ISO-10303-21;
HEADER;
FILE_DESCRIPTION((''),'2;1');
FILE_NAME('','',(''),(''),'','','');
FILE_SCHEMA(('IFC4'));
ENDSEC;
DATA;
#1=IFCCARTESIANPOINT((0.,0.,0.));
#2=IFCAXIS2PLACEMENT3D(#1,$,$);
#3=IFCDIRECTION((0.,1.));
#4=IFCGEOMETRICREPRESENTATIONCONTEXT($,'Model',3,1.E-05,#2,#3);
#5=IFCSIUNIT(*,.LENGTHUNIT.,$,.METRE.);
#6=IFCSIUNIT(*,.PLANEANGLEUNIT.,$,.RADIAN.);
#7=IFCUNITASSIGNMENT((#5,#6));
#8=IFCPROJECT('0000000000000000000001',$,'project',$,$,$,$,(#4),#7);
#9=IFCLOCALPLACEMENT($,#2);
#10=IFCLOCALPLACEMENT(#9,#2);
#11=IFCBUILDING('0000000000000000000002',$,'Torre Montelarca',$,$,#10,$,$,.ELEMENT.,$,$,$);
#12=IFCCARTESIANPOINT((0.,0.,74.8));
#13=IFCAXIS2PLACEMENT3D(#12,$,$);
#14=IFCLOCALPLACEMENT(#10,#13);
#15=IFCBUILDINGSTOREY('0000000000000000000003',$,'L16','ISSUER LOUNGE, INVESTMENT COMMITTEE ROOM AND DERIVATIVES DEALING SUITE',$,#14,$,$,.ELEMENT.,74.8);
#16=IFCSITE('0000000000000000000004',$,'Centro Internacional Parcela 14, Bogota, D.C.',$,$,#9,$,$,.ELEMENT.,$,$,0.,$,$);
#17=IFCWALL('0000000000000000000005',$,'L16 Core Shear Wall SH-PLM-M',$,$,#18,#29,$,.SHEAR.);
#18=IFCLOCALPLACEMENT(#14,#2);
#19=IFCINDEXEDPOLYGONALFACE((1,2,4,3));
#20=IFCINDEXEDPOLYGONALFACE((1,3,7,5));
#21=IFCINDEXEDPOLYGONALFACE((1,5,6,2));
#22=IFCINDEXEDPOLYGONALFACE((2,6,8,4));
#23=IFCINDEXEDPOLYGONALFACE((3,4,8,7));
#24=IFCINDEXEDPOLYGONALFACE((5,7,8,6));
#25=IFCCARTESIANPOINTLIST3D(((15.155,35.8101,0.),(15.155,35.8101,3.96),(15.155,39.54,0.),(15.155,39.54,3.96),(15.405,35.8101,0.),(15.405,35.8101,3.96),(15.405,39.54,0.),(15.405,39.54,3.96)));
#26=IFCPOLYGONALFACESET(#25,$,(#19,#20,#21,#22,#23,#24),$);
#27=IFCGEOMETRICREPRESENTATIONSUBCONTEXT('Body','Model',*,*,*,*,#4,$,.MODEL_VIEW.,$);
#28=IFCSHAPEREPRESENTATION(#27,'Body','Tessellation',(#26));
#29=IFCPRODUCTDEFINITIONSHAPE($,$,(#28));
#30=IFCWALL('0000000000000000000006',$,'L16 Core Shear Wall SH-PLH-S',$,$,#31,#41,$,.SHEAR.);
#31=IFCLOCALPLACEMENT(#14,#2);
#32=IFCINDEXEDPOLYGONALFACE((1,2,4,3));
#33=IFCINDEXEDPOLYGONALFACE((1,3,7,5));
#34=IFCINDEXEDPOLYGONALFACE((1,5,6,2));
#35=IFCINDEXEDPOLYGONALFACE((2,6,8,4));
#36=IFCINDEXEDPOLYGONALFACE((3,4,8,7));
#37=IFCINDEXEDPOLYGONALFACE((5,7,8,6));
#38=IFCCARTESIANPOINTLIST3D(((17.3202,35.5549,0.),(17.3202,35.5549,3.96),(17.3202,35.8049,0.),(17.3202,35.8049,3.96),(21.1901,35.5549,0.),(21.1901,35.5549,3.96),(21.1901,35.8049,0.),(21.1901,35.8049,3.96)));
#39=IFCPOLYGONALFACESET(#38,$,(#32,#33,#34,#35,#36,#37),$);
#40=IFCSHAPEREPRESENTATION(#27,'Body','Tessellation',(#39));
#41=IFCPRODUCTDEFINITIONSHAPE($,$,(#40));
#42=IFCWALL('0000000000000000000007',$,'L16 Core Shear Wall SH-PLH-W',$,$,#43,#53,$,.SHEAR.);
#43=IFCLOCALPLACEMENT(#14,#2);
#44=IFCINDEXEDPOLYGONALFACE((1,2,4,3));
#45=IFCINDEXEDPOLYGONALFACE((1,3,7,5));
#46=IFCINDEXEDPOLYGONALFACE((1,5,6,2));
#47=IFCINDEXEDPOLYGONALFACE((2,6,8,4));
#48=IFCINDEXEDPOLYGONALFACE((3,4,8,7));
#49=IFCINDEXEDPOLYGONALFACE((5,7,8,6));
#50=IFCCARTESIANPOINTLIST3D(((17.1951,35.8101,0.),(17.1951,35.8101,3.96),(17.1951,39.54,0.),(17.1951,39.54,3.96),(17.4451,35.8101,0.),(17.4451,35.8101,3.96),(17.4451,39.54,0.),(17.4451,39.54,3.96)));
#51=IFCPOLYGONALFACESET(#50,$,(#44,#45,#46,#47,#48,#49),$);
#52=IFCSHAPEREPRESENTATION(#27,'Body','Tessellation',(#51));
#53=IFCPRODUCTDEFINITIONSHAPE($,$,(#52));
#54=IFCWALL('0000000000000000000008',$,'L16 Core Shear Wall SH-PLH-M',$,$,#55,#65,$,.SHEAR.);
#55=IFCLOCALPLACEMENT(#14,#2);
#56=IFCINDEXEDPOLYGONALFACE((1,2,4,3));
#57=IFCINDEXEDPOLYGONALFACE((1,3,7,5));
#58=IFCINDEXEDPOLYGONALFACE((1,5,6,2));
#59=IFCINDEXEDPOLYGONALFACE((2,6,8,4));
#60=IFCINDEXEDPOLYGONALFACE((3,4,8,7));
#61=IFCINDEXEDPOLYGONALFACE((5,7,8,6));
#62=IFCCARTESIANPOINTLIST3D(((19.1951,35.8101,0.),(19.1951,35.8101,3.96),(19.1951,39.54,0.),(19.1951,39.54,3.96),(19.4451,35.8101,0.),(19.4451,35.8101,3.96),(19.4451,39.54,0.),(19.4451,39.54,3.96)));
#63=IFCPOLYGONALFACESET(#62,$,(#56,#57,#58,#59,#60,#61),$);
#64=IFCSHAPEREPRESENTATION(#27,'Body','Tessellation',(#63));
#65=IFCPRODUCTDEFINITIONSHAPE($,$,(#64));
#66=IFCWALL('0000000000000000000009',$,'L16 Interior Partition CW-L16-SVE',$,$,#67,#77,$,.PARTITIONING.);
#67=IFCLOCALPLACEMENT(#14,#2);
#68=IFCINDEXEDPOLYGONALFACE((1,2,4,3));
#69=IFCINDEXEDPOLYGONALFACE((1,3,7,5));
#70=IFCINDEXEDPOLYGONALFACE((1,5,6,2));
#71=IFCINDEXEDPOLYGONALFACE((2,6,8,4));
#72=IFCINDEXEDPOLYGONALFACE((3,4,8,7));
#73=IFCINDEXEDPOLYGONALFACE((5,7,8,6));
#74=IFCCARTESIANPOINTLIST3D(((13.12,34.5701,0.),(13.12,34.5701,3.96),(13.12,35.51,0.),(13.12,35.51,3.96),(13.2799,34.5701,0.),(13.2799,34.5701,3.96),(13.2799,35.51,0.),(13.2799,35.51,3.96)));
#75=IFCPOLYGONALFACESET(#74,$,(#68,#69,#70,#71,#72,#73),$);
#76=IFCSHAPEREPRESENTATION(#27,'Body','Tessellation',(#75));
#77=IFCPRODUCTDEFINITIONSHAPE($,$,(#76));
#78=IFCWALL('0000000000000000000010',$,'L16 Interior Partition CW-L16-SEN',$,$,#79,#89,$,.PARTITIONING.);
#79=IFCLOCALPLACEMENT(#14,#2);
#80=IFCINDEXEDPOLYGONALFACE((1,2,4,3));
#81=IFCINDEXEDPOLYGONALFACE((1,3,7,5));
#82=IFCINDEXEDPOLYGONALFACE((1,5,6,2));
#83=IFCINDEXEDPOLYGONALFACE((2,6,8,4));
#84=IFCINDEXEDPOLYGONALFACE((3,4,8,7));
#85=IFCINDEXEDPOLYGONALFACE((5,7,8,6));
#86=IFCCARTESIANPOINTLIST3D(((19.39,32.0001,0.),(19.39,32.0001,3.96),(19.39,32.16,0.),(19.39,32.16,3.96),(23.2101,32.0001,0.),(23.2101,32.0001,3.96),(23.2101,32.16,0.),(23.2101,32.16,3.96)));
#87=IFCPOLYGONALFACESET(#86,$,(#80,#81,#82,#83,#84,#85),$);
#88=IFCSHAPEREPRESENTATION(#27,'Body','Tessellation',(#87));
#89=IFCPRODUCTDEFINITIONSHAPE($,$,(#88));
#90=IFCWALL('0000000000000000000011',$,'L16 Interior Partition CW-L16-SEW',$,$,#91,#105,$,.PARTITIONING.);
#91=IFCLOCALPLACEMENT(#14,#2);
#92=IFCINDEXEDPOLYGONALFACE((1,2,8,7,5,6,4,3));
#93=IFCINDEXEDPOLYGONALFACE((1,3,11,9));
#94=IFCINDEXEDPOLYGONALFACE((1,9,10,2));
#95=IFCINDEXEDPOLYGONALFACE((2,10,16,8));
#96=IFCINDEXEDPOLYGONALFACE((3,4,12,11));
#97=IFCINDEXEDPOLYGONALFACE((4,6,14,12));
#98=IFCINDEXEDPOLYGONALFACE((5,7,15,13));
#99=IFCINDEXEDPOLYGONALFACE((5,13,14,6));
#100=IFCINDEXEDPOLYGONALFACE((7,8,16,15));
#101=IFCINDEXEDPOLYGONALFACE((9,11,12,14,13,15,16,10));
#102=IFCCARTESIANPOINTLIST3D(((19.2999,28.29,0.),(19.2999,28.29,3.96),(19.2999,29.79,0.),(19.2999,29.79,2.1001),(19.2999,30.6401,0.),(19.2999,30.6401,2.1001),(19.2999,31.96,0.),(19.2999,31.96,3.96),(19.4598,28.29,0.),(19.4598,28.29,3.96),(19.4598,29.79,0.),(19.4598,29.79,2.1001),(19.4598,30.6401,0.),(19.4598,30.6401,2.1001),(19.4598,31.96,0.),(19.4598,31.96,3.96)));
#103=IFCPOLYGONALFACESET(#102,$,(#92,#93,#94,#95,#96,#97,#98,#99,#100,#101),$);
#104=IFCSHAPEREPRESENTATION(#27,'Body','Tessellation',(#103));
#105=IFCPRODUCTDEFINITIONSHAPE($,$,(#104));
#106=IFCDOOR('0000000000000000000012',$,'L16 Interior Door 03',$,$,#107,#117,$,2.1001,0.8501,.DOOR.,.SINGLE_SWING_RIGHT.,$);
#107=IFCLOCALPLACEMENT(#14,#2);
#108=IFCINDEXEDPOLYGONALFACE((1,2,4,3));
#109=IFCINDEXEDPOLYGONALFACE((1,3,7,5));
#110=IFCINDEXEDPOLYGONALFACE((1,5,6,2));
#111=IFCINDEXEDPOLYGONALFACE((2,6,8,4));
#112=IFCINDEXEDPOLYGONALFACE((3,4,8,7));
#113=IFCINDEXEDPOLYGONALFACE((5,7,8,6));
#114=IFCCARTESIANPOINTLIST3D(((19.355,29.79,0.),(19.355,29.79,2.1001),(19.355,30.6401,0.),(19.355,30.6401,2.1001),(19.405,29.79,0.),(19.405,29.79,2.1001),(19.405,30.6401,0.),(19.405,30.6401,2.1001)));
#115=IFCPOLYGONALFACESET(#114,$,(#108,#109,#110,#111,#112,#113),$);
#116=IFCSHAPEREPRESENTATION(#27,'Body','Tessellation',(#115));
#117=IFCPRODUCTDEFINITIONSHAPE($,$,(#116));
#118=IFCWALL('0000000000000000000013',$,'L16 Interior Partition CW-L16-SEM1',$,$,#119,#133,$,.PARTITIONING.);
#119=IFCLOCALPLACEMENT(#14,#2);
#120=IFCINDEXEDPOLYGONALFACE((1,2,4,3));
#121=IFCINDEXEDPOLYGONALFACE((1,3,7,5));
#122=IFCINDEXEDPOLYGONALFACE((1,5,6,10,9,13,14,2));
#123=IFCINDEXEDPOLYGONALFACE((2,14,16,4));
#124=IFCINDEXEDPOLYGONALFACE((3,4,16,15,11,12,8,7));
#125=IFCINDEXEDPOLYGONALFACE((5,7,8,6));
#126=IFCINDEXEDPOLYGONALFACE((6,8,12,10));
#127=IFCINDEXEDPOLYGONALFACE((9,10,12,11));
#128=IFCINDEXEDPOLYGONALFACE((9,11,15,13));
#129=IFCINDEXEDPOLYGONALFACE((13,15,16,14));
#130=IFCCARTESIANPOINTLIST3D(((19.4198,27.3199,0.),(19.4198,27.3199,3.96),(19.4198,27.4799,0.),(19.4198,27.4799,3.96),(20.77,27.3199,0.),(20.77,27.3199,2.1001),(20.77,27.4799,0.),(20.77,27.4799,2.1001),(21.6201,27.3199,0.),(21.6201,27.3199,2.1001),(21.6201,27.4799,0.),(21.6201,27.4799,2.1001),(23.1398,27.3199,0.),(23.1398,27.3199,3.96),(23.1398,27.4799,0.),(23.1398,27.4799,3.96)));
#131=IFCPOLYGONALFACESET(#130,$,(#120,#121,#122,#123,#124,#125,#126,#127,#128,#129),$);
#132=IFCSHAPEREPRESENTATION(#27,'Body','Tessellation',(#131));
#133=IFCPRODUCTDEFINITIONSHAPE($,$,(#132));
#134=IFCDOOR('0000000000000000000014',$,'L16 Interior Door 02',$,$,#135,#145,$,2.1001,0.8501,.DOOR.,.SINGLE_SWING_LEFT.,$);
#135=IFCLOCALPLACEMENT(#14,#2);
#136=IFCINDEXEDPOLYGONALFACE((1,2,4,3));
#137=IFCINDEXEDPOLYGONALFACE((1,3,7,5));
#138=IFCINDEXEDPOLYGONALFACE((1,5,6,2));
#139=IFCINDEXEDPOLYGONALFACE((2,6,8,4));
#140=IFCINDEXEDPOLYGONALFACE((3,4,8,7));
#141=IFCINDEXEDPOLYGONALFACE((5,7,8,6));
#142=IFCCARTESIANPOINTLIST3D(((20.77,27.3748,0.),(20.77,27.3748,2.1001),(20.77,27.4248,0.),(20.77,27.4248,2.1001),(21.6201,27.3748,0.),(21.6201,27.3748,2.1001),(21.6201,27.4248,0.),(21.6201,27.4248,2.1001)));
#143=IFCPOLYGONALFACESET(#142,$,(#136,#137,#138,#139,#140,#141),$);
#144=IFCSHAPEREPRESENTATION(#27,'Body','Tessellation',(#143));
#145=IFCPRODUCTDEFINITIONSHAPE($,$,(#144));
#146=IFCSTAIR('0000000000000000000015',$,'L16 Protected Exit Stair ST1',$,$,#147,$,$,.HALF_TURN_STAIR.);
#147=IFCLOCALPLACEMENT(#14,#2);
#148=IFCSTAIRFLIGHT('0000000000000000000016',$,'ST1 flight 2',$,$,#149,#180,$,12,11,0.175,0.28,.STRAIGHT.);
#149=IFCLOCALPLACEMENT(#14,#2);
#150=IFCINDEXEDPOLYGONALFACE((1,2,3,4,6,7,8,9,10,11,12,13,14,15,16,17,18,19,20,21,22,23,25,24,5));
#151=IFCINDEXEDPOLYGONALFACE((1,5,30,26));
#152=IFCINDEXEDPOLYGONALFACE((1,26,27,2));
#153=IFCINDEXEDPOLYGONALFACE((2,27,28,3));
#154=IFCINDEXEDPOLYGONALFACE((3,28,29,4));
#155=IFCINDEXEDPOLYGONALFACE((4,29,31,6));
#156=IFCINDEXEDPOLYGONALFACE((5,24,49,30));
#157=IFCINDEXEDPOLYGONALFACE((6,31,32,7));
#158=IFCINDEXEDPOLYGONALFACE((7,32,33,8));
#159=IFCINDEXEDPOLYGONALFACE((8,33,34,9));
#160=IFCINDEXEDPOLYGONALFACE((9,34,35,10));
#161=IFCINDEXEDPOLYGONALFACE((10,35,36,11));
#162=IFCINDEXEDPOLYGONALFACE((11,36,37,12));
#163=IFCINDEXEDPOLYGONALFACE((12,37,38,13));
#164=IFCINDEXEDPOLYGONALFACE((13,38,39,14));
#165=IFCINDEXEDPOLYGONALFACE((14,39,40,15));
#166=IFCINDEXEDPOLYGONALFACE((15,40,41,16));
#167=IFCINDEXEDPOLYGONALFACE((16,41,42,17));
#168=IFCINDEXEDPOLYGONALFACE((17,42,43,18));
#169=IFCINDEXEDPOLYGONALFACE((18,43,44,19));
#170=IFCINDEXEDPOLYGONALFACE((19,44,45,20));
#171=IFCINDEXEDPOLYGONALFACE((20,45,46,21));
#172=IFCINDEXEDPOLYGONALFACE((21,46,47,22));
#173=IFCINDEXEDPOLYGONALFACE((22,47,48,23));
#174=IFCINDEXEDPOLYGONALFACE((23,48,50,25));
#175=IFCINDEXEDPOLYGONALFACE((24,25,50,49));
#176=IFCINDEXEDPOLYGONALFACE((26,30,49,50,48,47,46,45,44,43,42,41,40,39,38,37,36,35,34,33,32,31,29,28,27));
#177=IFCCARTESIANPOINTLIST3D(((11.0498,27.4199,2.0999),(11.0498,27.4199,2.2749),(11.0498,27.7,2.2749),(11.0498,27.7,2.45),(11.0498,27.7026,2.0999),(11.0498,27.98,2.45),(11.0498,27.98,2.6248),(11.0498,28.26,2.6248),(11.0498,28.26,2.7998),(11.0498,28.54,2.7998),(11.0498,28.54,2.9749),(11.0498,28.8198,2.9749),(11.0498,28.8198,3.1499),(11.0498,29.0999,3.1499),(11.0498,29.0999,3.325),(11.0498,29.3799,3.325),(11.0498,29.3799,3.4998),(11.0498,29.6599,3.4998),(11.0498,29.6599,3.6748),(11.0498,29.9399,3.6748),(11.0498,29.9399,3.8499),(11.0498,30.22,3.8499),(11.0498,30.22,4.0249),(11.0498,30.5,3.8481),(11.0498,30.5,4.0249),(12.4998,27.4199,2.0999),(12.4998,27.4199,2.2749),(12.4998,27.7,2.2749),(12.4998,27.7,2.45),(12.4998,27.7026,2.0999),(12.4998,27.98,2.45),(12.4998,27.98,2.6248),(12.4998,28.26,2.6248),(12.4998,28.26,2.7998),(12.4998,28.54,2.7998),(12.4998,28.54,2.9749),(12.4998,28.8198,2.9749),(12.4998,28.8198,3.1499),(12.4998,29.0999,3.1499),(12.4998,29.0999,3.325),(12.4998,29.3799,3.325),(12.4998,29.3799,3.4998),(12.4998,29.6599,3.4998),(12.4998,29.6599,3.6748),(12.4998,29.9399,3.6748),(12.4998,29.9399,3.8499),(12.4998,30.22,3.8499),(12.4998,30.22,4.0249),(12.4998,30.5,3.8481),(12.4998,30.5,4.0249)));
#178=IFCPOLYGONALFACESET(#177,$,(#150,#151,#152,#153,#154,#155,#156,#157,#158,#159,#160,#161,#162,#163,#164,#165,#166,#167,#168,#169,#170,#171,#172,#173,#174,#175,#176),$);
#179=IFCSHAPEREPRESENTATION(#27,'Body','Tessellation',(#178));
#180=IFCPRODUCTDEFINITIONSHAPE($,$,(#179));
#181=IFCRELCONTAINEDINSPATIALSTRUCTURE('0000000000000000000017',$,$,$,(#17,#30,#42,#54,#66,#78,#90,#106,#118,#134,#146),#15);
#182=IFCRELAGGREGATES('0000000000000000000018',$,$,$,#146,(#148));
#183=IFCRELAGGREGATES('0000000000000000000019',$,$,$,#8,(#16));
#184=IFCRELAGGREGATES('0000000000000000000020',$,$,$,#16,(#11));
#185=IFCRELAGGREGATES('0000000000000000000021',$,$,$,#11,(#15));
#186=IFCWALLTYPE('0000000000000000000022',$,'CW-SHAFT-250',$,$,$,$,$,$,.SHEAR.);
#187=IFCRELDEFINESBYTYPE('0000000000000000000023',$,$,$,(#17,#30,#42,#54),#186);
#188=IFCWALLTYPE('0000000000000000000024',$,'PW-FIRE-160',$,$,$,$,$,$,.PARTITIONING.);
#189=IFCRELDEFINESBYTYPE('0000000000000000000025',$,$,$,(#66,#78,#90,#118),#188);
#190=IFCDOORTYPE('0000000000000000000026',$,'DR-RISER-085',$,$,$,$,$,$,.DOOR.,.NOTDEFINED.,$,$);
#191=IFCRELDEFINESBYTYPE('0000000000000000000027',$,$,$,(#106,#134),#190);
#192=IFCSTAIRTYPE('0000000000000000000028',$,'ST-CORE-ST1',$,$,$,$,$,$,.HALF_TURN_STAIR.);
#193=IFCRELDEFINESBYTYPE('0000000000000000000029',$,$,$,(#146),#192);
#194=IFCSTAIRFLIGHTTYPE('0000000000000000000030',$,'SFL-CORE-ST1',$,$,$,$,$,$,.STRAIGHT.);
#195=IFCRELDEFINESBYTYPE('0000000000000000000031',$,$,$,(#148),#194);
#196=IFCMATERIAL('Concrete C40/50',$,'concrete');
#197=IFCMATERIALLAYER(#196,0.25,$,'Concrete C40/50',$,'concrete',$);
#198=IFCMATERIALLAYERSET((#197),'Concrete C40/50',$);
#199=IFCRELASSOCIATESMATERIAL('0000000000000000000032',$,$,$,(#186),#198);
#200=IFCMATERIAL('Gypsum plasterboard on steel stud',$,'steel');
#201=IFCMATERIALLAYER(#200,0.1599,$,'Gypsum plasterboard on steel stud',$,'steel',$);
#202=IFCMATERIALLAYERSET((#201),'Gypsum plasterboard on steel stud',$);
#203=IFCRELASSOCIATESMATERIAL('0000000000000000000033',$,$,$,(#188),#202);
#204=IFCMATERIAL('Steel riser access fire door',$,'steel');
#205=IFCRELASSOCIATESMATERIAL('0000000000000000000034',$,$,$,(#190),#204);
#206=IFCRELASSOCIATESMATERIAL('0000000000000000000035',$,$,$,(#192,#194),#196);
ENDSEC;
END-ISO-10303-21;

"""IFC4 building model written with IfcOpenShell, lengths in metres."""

from ifc_helpers import new_model, si_unit, direction, frame, frame_2d, origin, place, context, subcontext, project, spatial, polyline, rectangle, outline, extrude, source, transform, mapped, material, layer, layer_set, type_object, element, fill, aggregate, save


model = new_model("IFC4")

# Units and contexts
model_context = context("Model", 3, precision=1e-05, world=origin(), true_north=direction((0.0, 1.0)))
body_context = subcontext(model_context, "Body", "Model", "MODEL_VIEW")
ifc_project = project(units=[si_unit("LENGTHUNIT", "METRE"), si_unit("PLANEANGLEUNIT", "RADIAN")], contexts=[model_context])

# Site, building, storey
site_placement = place(None, origin())
site = spatial("IfcSite", under=ifc_project, at=site_placement, Name="Centro Internacional Parcela 14, Bogota, D.C.", CompositionType="ELEMENT", RefElevation=0.0)
building_placement = place(site_placement, origin())
building = spatial("IfcBuilding", under=site, at=building_placement, Name="Torre Montelarca", CompositionType="ELEMENT")
storey_placement = place(building_placement, frame((0.0, 0.0, 74.8)))
storey = spatial("IfcBuildingStorey", under=building, at=storey_placement, Name="L16", Description="ISSUER LOUNGE, INVESTMENT COMMITTEE ROOM AND DERIVATIVES DEALING SUITE", CompositionType="ELEMENT", Elevation=74.8)

# Shared definitions
ifc_material_1 = material(Name="Concrete C40/50", Category="concrete")
ifc_layer_1 = layer(ifc_material_1, 0.25, Name="Concrete C40/50", Category="concrete")
ifc_layer_set_1 = layer_set([ifc_layer_1], Name="Concrete C40/50")
wall_type_1 = type_object("IfcWallType", Name="CW-SHAFT-250", PredefinedType="SHEAR", material=ifc_layer_set_1)

# Walls
for number, where, z_axis, x_axis, name in (
    (1, (15.28, 35.8101, 0.0), (0.0, 0.0, 1.0), (0.0, 1.0, 0.0), "L16 Core Shear Wall SH-PLM-M"),
):
    element("IfcWall", number, at=place(storey_placement, frame(where, z_axis=z_axis, x_axis=x_axis)), inside=storey, type_object=wall_type_1, Name=name, PredefinedType="SHEAR", context=body_context, shape_type="SweptSolid", body=[
        extrude(rectangle(XDim=3.73, YDim=0.25, at=frame_2d((1.865, 0.0))), origin(), (0.0, 0.0, 1.0), 3.96),
    ])
wall_1_placement = place(storey_placement, frame((17.3201, 35.6799, 0.0), z_axis=(0.0, 0.0, 1.0), x_axis=(1.0, 0.0, 0.0)))
element("IfcWall", 2, at=wall_1_placement, inside=storey, type_object=wall_type_1, Name="L16 Core Shear Wall SH-PLH-S", PredefinedType="SHEAR", context=body_context, shape_type="SweptSolid", body=[
    extrude(rectangle(XDim=3.8699, YDim=0.25, at=frame_2d((1.9351, 0.0))), origin(), (0.0, 0.0, 1.0), 3.96),
])
for number, where, z_axis, x_axis, name in (
    (3, (17.3201, 35.8101, 0.0), (0.0, 0.0, 1.0), (0.0, 1.0, 0.0), "L16 Core Shear Wall SH-PLH-W"),
    (4, (19.3201, 35.8101, 0.0), (0.0, 0.0, 1.0), (0.0, 1.0, 0.0), "L16 Core Shear Wall SH-PLH-M"),
):
    element("IfcWall", number, at=place(storey_placement, frame(where, z_axis=z_axis, x_axis=x_axis)), inside=storey, type_object=wall_type_1, Name=name, PredefinedType="SHEAR", context=body_context, shape_type="SweptSolid", body=[
        extrude(rectangle(XDim=3.73, YDim=0.25, at=frame_2d((1.865, 0.0))), origin(), (0.0, 0.0, 1.0), 3.96),
    ])
ifc_material_2 = material(Name="Gypsum plasterboard on steel stud", Category="steel")
ifc_layer_2 = layer(ifc_material_2, 0.1599, Name="Gypsum plasterboard on steel stud", Category="steel")
ifc_layer_set_2 = layer_set([ifc_layer_2], Name="Gypsum plasterboard on steel stud")
wall_type_2 = type_object("IfcWallType", Name="PW-FIRE-160", PredefinedType="PARTITIONING", material=ifc_layer_set_2)
wall_2_placement = place(storey_placement, frame((13.2, 34.5701, 0.0), z_axis=(0.0, 0.0, 1.0), x_axis=(0.0, 1.0, 0.0)))
element("IfcWall", 5, at=wall_2_placement, inside=storey, type_object=wall_type_2, Name="L16 Interior Partition CW-L16-SVE", PredefinedType="PARTITIONING", context=body_context, shape_type="SweptSolid", body=[
    extrude(rectangle(XDim=0.9399, YDim=0.1599, at=frame_2d((0.47, 0.0))), origin(), (0.0, 0.0, 1.0), 3.96),
])
wall_3_placement = place(storey_placement, frame((19.3899, 32.0801, 0.0), z_axis=(0.0, 0.0, 1.0), x_axis=(1.0, 0.0, 0.0)))
element("IfcWall", 6, at=wall_3_placement, inside=storey, type_object=wall_type_2, Name="L16 Interior Partition CW-L16-SEN", PredefinedType="PARTITIONING", context=body_context, shape_type="SweptSolid", body=[
    extrude(rectangle(XDim=3.8201, YDim=0.1599, at=frame_2d((1.9102, 0.0))), origin(), (0.0, 0.0, 1.0), 3.96),
])

# Walls, openings, doors
wall_4_placement = place(storey_placement, frame((19.3799, 28.29, 0.0), z_axis=(0.0, 0.0, 1.0), x_axis=(0.0, 1.0, 0.0)))
wall_4 = element("IfcWall", 7, at=wall_4_placement, inside=storey, type_object=wall_type_2, Name="L16 Interior Partition CW-L16-SEW", PredefinedType="PARTITIONING", context=body_context, shape_type="SweptSolid", body=[
    extrude(rectangle(XDim=3.6699, YDim=0.1599, at=frame_2d((1.835, 0.0))), origin(), (0.0, 0.0, 1.0), 3.96),
])
opening_1_placement = place(wall_4_placement, frame((1.5, 0.0, 0.0)))
opening_1 = element("IfcOpeningElement", 8, at=opening_1_placement, cuts=wall_4, PredefinedType="OPENING", context=body_context, shape_type="SweptSolid", body=[
    extrude(rectangle(XDim=0.8501, YDim=2.1001, at=frame_2d((0.425, 1.05))), frame((0.0, 0.0898, 0.0), z_axis=(0.0, -1.0, 0.0), x_axis=(1.0, 0.0, 0.0)), (0.0, 0.0, 1.0), 0.1799),
])
ifc_material_3 = material(Name="Steel riser access fire door", Category="steel")
door_type_1 = type_object("IfcDoorType", Name="DR-RISER-085", OperationType="NOTDEFINED", PredefinedType="DOOR", material=ifc_material_3)
shared_shape_1 = source(origin(), body_context, "Body", "SweptSolid", [
    extrude(rectangle(XDim=0.8501, YDim=2.1001, at=frame_2d((0.425, 1.05))), frame((0.0, 0.0249, 0.0), z_axis=(0.0, -1.0, 0.0), x_axis=(1.0, 0.0, 0.0)), (0.0, 0.0, 1.0), 0.05),
])
door_1_placement = place(opening_1_placement, origin())
door_1 = element("IfcDoor", 9, at=door_1_placement, inside=storey, type_object=door_type_1, Name="L16 Interior Door 03", OperationType="SINGLE_SWING_RIGHT", OverallHeight=2.1001, OverallWidth=0.8501, PredefinedType="DOOR", context=body_context, shape_type="MappedRepresentation", body=[
    mapped(shared_shape_1, transform((0.0, 0.0, 0.0), scale=1.0)),
])
fill(opening_1, door_1)
wall_5_placement = place(storey_placement, frame((19.4199, 27.3999, 0.0), z_axis=(0.0, 0.0, 1.0), x_axis=(1.0, 0.0, 0.0)))
wall_5 = element("IfcWall", 10, at=wall_5_placement, inside=storey, type_object=wall_type_2, Name="L16 Interior Partition CW-L16-SEM1", PredefinedType="PARTITIONING", context=body_context, shape_type="SweptSolid", body=[
    extrude(rectangle(XDim=3.72, YDim=0.1599, at=frame_2d((1.8599, 0.0))), origin(), (0.0, 0.0, 1.0), 3.96),
])
opening_2_placement = place(wall_5_placement, frame((1.3501, 0.0, 0.0)))
opening_2 = element("IfcOpeningElement", 11, at=opening_2_placement, cuts=wall_5, PredefinedType="OPENING", context=body_context, shape_type="SweptSolid", body=[
    extrude(rectangle(XDim=0.8501, YDim=2.1001, at=frame_2d((0.425, 1.05))), frame((0.0, 0.0898, 0.0), z_axis=(0.0, -1.0, 0.0), x_axis=(1.0, 0.0, 0.0)), (0.0, 0.0, 1.0), 0.1799),
])
door_2_placement = place(opening_2_placement, origin())
door_2 = element("IfcDoor", 12, at=door_2_placement, inside=storey, type_object=door_type_1, Name="L16 Interior Door 02", OperationType="SINGLE_SWING_LEFT", OverallHeight=2.1001, OverallWidth=0.8501, PredefinedType="DOOR", context=body_context, shape_type="MappedRepresentation", body=[
    mapped(shared_shape_1, transform((0.0, 0.0, 0.0), scale=1.0)),
])
fill(opening_2, door_2)

# Stair, stair flight
stair_type = type_object("IfcStairType", Name="ST-CORE-ST1", PredefinedType="HALF_TURN_STAIR", material=ifc_material_1)
stair_placement = place(storey_placement, origin())
stair = element("IfcStair", 13, at=stair_placement, inside=storey, type_object=stair_type, Name="L16 Protected Exit Stair ST1", PredefinedType="HALF_TURN_STAIR")
stair_flight_type = type_object("IfcStairFlightType", Name="SFL-CORE-ST1", PredefinedType="STRAIGHT", material=ifc_material_1)
stair_flight_placement = place(storey_placement, frame((11.7749, 27.4199, 2.0999), z_axis=(0.0, 0.0, 1.0), x_axis=(0.0, 1.0, 0.0)))
stair_flight = element("IfcStairFlight", 14, at=stair_flight_placement, type_object=stair_flight_type, Name="ST1 flight 2", NumberOfRisers=12, NumberOfTreads=11, PredefinedType="STRAIGHT", RiserHeight=0.175, TreadLength=0.28, context=body_context, shape_type="SweptSolid", body=[
    extrude(outline(polyline([(0.0, 0.0), (0.0, 0.175), (0.28, 0.175), (0.28, 0.3501), (0.5601, 0.3501), (0.5601, 0.5249), (0.8401, 0.5249), (0.8401, 0.7), (1.1201, 0.7), (1.1201, 0.875), (1.3999, 0.875), (1.3999, 1.05), (1.6799, 1.05), (1.6799, 1.2251), (1.96, 1.2251), (1.96, 1.3999), (2.24, 1.3999), (2.24, 1.575), (2.52, 1.575), (2.52, 1.75), (2.8, 1.75), (2.8, 1.925), (3.0801, 1.925), (3.0801, 2.1001), (3.0801, 1.7483), (0.2827, 0.0), (0.0, 0.0)])), frame((0.0, 0.7251, 0.0), z_axis=(0.0, -1.0, 0.0), x_axis=(1.0, 0.0, 0.0)), (0.0, 0.0, 1.0), 1.45),
])
aggregate(stair, [stair_flight])

save(model, "model.ifc")
